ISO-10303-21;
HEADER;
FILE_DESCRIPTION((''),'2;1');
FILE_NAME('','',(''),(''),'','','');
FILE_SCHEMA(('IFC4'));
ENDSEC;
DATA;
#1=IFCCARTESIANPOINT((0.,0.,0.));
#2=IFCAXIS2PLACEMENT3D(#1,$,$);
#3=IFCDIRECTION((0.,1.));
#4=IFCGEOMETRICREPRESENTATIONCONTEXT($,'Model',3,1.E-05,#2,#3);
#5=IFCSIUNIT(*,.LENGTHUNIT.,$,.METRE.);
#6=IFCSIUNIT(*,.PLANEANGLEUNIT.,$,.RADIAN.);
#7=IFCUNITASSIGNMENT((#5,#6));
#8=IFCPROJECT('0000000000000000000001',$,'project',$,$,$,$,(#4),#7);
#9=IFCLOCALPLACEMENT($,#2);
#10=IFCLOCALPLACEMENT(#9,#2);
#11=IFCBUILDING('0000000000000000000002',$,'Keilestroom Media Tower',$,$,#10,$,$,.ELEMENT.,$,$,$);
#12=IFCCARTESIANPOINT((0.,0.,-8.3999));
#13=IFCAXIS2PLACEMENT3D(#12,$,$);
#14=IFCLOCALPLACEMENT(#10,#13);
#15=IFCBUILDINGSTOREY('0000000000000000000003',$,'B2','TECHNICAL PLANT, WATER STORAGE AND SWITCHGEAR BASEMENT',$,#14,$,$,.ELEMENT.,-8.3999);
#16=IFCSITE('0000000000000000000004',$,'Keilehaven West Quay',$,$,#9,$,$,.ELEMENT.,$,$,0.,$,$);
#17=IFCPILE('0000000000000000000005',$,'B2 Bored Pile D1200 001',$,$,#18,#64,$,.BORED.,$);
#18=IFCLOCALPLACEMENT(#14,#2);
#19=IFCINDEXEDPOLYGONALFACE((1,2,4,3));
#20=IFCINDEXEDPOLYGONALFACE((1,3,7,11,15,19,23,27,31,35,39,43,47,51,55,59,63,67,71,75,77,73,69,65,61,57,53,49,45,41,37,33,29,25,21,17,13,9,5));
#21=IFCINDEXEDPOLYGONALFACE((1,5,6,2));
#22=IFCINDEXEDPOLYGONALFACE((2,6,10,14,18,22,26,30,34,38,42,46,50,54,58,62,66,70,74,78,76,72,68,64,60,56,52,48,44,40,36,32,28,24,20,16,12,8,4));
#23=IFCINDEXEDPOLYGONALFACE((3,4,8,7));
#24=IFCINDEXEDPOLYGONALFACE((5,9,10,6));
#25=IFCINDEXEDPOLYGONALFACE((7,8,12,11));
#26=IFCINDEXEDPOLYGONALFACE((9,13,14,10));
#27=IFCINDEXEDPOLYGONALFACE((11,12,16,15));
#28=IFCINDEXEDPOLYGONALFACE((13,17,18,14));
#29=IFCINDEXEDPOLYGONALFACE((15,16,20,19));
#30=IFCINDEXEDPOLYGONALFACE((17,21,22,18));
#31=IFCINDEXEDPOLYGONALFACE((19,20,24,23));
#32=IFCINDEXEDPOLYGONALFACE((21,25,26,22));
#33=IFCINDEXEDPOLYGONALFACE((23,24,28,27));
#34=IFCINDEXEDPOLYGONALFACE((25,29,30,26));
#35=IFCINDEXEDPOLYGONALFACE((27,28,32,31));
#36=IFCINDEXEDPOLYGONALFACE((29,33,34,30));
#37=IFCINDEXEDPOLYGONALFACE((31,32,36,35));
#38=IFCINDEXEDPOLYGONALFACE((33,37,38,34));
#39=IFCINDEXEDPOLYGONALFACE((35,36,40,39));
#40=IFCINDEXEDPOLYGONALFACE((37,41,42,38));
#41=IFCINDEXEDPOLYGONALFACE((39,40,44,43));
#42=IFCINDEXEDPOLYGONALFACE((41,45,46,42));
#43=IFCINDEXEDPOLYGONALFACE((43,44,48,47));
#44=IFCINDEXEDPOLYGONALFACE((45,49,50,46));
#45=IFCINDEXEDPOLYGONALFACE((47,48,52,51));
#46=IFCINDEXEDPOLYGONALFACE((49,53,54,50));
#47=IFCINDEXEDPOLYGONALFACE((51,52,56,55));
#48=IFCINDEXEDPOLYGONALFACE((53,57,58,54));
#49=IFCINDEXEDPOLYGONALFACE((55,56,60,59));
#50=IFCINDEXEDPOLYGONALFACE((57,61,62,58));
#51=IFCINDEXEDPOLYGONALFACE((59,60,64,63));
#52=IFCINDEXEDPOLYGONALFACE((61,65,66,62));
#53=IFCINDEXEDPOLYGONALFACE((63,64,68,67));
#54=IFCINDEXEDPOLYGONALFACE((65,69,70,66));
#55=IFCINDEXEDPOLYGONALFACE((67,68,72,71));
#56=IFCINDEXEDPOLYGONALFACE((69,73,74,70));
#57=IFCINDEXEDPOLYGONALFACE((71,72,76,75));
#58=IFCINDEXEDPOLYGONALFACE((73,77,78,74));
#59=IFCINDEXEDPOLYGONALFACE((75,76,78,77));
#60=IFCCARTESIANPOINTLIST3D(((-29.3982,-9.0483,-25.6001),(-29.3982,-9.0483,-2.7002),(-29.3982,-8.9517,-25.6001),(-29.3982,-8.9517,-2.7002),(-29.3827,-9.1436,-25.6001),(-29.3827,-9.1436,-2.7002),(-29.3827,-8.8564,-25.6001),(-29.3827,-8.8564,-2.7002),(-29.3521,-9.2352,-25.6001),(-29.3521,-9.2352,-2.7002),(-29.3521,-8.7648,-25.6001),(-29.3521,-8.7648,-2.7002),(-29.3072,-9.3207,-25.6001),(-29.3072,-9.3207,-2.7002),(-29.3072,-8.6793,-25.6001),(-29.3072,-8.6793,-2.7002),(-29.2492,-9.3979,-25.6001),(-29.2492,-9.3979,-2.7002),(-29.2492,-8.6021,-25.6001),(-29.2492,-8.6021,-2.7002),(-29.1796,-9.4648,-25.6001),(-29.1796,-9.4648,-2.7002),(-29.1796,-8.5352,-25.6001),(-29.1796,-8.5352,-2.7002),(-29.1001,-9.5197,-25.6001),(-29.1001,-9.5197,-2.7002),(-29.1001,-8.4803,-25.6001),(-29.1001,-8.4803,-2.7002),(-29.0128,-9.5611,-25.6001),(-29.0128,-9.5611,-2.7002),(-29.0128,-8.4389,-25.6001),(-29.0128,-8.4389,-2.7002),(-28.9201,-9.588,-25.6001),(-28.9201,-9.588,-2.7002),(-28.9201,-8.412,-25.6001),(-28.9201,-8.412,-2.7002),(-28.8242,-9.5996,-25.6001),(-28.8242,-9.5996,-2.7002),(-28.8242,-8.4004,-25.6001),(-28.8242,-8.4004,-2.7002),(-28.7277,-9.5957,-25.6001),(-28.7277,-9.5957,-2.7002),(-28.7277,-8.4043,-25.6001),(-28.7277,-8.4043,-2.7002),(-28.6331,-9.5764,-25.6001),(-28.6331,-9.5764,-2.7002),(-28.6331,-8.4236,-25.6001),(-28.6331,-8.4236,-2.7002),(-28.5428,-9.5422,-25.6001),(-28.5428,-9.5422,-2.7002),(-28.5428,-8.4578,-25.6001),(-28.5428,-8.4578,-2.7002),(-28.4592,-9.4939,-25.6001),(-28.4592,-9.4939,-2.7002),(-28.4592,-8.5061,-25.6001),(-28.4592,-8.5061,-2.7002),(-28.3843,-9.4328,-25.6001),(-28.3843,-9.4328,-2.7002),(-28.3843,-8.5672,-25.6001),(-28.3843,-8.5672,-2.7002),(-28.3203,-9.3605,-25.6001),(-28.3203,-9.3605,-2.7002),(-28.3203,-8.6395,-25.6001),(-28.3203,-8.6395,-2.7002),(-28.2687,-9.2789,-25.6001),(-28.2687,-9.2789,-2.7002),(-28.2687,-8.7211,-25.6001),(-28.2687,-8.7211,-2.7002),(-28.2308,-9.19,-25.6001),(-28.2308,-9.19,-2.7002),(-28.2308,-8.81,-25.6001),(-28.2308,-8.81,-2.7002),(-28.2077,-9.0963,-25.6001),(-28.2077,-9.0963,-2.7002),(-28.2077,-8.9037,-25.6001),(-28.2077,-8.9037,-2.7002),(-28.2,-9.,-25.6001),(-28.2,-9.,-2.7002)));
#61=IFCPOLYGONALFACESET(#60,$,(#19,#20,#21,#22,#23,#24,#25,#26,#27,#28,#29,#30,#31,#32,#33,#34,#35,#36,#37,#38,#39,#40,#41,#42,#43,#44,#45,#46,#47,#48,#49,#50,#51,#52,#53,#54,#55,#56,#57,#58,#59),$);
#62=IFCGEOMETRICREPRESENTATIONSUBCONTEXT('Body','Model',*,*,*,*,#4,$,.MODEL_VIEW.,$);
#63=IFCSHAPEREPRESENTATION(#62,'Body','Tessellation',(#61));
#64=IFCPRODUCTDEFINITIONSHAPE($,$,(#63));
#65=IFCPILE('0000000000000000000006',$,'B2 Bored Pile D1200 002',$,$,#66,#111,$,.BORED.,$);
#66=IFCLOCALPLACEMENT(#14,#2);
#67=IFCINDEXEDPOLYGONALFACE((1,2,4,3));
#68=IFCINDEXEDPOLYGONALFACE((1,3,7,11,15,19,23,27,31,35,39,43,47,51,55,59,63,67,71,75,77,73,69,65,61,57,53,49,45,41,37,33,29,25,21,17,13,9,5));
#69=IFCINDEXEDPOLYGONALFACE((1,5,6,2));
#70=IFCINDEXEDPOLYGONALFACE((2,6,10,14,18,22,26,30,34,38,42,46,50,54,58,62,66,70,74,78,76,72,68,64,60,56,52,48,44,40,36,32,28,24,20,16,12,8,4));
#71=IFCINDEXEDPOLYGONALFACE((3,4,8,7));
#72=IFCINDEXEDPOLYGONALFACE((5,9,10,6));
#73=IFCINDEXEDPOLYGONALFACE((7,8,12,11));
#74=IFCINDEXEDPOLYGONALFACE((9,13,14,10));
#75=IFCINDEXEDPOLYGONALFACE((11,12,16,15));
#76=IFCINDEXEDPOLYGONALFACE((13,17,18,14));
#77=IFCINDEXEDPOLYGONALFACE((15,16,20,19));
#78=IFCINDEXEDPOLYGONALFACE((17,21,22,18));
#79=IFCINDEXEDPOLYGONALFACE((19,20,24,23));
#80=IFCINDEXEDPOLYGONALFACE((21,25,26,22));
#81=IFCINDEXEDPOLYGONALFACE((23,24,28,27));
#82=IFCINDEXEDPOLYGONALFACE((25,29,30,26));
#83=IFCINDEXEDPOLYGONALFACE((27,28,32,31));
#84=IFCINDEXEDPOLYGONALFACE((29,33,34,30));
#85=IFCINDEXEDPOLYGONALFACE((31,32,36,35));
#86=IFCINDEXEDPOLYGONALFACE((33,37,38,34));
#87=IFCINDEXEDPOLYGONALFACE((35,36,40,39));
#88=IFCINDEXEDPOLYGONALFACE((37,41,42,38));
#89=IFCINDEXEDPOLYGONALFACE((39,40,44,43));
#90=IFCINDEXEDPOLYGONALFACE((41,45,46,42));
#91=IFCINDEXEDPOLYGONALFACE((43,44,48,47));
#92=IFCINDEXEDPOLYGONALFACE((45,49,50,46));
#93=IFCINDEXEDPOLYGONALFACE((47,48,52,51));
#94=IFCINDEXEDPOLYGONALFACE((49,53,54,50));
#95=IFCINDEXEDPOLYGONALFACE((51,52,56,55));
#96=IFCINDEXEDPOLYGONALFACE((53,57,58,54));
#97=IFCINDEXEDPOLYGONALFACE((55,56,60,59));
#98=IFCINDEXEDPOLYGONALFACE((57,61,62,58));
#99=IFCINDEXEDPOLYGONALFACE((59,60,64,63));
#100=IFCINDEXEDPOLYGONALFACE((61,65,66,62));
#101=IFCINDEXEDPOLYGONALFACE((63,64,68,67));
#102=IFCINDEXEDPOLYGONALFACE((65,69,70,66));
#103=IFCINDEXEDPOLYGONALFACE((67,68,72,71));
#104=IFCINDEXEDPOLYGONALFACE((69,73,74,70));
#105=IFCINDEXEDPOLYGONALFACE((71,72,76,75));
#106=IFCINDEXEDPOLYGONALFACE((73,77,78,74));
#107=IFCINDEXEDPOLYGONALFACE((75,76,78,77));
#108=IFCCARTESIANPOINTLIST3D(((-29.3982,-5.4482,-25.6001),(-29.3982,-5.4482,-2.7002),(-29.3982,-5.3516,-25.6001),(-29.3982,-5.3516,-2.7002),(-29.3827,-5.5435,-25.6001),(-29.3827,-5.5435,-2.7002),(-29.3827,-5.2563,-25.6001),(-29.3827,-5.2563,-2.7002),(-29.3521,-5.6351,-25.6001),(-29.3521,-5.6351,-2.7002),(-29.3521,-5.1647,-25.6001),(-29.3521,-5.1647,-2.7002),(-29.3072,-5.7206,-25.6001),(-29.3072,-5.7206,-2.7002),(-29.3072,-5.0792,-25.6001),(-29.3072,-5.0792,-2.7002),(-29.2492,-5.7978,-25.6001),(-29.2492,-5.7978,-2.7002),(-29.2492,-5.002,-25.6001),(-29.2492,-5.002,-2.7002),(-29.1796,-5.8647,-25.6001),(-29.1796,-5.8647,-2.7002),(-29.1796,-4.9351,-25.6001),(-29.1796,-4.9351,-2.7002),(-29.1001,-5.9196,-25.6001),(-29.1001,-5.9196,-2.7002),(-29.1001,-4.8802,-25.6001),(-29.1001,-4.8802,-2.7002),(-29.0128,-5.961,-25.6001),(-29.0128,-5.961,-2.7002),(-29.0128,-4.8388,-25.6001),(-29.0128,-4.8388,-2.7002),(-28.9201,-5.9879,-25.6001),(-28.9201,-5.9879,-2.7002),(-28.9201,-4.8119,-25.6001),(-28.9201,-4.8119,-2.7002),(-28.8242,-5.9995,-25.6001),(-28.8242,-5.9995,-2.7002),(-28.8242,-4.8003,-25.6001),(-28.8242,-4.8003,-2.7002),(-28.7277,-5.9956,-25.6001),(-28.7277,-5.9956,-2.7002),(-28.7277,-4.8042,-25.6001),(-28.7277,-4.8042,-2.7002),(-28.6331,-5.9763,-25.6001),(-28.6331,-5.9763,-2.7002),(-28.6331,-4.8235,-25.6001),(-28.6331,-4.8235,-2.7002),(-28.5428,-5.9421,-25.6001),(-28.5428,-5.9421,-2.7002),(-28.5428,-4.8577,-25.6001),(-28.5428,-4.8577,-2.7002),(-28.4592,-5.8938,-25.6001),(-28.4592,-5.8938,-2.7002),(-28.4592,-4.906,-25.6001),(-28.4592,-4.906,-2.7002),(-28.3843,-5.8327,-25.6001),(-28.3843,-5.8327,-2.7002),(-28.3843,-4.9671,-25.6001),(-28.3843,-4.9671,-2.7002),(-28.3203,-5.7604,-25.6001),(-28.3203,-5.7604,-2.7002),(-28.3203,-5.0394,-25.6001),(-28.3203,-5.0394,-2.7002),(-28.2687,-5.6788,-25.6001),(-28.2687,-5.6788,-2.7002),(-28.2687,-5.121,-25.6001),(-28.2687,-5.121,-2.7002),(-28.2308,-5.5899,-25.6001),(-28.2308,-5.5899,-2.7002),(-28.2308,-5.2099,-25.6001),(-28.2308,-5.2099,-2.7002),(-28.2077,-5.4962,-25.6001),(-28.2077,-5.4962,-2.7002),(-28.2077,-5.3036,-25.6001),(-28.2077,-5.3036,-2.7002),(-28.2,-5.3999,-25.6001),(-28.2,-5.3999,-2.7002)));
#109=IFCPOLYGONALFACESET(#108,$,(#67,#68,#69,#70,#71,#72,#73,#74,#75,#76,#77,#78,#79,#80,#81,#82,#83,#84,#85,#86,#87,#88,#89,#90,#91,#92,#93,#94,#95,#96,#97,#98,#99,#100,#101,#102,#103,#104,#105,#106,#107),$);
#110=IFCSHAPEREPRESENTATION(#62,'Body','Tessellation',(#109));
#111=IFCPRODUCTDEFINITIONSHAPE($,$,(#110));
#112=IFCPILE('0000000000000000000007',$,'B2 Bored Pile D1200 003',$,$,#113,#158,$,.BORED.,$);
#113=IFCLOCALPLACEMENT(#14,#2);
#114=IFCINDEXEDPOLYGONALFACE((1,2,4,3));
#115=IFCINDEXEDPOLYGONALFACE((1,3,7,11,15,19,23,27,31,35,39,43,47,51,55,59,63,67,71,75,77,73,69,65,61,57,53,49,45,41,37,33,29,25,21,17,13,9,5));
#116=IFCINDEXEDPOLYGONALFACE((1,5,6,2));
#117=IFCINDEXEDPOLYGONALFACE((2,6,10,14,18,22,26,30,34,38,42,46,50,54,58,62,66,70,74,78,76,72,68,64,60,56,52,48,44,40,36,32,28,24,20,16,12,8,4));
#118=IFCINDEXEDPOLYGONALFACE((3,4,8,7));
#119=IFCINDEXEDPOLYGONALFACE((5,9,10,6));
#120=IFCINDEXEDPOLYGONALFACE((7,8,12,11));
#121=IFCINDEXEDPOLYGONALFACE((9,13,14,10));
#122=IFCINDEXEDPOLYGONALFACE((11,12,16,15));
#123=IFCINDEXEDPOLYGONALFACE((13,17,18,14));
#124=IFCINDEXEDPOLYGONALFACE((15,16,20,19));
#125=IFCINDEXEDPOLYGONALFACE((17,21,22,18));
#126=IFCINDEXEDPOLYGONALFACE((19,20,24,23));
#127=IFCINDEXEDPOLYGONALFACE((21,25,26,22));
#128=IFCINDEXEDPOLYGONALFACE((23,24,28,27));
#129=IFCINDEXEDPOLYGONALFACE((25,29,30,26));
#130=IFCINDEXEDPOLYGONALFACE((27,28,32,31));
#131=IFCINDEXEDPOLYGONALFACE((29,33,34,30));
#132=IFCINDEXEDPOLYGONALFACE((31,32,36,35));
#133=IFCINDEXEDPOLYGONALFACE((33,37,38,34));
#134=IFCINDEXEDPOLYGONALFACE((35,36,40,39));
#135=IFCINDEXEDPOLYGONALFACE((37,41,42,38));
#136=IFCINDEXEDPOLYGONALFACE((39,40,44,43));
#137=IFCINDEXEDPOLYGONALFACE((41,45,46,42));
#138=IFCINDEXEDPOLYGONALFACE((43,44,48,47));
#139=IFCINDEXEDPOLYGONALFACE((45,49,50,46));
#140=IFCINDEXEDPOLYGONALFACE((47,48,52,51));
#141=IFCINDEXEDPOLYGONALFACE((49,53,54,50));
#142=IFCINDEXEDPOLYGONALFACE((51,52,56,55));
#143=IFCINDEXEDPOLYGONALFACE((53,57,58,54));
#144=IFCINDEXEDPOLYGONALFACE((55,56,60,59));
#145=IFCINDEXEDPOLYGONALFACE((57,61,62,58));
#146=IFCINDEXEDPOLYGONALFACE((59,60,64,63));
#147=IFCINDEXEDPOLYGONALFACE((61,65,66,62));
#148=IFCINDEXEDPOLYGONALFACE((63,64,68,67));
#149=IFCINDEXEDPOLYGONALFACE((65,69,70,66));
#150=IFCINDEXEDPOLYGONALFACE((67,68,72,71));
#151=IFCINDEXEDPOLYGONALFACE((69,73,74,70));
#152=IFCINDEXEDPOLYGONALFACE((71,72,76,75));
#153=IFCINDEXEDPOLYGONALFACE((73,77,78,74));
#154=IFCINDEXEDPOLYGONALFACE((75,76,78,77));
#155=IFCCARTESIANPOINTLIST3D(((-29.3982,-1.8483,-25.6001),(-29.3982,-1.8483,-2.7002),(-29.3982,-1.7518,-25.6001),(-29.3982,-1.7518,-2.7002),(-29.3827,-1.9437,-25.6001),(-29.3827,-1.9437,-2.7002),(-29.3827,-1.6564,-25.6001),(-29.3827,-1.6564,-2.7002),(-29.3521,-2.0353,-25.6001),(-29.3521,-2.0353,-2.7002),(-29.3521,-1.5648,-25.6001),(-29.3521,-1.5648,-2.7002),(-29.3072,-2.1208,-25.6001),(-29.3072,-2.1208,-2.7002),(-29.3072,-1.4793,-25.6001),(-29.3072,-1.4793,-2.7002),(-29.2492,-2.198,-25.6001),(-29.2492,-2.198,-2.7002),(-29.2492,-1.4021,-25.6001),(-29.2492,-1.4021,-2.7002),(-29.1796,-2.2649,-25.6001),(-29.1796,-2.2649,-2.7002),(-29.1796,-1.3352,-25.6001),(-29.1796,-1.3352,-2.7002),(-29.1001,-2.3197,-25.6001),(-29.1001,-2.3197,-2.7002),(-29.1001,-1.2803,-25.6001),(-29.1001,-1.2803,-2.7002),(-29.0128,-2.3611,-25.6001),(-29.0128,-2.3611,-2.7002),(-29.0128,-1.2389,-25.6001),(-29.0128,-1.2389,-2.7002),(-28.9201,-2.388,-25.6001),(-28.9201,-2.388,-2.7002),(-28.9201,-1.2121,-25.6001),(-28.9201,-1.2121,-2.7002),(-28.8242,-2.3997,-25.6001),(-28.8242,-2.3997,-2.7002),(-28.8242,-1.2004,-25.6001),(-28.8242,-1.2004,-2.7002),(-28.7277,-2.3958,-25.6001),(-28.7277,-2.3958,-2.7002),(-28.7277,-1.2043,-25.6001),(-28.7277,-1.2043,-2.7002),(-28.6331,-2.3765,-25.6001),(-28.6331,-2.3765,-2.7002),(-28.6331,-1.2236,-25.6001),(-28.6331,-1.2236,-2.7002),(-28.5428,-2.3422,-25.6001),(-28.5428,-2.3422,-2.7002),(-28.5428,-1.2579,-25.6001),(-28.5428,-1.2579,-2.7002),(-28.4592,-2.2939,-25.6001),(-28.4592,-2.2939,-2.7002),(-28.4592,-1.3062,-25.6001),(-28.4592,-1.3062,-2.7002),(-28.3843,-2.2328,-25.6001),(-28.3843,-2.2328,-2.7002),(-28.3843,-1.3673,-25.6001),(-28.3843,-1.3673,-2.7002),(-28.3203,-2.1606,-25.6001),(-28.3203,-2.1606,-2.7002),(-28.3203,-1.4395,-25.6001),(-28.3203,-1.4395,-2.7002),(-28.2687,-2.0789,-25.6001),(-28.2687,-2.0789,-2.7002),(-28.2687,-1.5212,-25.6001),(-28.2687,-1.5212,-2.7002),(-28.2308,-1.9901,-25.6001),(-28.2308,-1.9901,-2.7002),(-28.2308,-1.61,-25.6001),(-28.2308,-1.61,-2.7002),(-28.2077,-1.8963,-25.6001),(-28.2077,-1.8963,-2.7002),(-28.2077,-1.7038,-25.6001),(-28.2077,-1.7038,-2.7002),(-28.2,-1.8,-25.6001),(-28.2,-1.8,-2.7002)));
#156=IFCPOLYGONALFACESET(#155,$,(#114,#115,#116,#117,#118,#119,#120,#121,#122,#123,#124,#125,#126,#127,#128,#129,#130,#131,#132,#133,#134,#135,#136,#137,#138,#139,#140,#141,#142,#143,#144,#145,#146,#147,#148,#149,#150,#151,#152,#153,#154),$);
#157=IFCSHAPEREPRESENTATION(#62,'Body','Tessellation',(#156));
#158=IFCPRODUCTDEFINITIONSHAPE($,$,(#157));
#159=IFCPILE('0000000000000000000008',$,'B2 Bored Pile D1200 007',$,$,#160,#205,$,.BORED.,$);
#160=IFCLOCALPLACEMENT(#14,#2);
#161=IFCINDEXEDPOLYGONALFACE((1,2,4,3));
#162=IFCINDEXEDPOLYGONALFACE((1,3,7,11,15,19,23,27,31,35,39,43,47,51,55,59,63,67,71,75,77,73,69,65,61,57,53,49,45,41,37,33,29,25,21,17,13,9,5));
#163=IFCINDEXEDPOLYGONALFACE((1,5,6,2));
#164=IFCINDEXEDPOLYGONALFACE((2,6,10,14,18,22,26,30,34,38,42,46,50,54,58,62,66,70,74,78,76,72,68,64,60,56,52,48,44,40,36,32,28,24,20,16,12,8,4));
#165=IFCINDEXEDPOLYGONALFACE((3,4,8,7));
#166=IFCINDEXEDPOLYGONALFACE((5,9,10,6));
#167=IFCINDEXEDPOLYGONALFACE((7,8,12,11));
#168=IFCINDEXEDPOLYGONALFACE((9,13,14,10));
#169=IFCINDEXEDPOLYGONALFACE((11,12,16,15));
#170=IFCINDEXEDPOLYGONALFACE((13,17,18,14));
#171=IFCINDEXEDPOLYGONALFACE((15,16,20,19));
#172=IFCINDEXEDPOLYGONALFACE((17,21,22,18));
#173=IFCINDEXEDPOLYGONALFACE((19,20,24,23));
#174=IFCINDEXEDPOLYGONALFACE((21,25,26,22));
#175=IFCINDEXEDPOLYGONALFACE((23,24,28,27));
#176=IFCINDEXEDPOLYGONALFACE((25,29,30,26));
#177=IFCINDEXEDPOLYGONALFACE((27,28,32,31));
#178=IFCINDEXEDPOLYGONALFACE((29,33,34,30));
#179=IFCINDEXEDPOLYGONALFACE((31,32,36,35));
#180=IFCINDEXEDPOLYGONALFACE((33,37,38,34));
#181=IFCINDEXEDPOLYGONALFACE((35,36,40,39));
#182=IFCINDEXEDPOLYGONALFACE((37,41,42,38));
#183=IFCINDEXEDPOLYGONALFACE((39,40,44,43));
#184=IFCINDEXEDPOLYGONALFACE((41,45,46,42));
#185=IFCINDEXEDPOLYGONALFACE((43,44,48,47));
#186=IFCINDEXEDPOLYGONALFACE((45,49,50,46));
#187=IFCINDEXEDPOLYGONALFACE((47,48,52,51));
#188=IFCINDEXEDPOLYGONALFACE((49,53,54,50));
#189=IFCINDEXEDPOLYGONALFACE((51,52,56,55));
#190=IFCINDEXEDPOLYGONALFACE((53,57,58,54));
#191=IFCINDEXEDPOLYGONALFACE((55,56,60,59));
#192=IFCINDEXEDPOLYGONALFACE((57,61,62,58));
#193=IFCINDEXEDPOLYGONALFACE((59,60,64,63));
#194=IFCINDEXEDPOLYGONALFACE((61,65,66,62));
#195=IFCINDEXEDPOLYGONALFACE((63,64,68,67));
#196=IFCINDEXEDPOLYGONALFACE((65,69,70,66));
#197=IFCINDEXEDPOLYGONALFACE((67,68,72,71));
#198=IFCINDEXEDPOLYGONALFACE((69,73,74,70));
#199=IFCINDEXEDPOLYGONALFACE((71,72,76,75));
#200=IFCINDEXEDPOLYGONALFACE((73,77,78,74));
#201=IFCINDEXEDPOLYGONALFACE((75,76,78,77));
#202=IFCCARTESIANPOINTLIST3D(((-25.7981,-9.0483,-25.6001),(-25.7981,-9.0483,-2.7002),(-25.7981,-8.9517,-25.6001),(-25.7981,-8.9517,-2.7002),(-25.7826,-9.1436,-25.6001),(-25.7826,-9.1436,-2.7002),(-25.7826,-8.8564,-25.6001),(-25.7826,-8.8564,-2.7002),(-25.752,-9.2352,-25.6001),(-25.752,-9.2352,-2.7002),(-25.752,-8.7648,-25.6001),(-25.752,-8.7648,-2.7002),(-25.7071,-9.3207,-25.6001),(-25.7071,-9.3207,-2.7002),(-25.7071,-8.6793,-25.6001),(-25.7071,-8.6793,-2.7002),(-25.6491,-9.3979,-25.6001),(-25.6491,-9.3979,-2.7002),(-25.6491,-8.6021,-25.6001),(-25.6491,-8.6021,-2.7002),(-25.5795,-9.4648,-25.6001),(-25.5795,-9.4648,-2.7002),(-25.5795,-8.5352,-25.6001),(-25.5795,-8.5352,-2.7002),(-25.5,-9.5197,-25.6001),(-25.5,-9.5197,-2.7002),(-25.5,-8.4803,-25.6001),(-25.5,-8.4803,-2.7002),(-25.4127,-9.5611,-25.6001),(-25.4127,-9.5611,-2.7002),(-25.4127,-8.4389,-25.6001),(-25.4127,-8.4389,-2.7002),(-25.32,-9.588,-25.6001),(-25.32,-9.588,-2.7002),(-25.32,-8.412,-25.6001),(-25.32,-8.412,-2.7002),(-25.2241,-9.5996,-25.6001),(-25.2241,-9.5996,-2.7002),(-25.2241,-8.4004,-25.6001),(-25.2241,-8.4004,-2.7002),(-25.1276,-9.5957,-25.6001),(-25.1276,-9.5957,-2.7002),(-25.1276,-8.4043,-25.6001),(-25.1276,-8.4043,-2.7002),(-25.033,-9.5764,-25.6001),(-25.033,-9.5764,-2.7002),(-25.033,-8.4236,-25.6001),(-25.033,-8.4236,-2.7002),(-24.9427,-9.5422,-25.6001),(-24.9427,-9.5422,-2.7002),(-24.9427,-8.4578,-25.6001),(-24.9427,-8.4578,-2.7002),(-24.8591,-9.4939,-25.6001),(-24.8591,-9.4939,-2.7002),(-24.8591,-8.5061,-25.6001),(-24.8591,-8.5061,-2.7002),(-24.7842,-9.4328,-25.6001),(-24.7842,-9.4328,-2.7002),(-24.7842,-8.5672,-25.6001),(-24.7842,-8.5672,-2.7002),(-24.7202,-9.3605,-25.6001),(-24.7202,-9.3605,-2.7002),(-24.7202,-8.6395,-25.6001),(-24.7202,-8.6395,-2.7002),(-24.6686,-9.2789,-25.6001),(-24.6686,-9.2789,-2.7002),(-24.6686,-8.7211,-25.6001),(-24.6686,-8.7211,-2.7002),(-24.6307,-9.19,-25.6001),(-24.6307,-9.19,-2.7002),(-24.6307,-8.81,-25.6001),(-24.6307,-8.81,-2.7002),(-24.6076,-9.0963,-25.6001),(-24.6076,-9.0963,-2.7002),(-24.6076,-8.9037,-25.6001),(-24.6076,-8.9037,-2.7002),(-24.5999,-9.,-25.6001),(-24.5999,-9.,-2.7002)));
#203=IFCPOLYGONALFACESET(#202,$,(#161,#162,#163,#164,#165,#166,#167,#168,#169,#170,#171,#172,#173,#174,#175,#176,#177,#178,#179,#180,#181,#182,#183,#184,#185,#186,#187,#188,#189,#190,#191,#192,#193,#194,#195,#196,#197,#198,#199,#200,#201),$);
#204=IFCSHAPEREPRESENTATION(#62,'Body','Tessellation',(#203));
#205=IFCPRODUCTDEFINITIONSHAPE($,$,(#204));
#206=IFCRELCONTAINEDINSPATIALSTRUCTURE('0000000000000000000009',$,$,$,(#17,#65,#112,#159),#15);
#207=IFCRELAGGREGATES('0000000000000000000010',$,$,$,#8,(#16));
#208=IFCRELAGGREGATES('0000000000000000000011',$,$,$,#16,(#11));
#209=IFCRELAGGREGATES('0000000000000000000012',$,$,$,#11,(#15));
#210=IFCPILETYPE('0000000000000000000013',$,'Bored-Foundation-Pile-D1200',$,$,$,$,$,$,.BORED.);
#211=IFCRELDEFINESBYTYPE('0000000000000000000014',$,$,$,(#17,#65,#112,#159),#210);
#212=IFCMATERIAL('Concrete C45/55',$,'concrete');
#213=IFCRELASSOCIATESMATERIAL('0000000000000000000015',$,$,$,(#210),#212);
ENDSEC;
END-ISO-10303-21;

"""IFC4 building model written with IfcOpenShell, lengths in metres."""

from ifc_helpers import new_model, si_unit, direction, frame, origin, origin_2d, place, context, subcontext, project, spatial, circle, extrude, source, transform, mapped, material, material_profile, profile_set, type_object, element, save


model = new_model("IFC4")

# Units and contexts
model_context = context("Model", 3, precision=1e-05, world=origin(), true_north=direction((0.0, 1.0)))
body_context = subcontext(model_context, "Body", "Model", "MODEL_VIEW")
ifc_project = project(units=[si_unit("LENGTHUNIT", "METRE"), si_unit("PLANEANGLEUNIT", "RADIAN")], contexts=[model_context])

# Site, building, storey
site_placement = place(None, origin())
site = spatial("IfcSite", under=ifc_project, at=site_placement, Name="Keilehaven West Quay", CompositionType="ELEMENT", RefElevation=0.0)
building_placement = place(site_placement, origin())
building = spatial("IfcBuilding", under=site, at=building_placement, Name="Keilestroom Media Tower", CompositionType="ELEMENT")
storey_placement = place(building_placement, frame((0.0, 0.0, -8.3999)))
storey = spatial("IfcBuildingStorey", under=building, at=storey_placement, Name="B2", Description="TECHNICAL PLANT, WATER STORAGE AND SWITCHGEAR BASEMENT", CompositionType="ELEMENT", Elevation=-8.3999)

# Piles
ifc_material_1 = material(Name="Concrete C45/55", Category="concrete")
ifc_material_profile_1 = material_profile(ifc_material_1, circle(Radius=0.6001, at=origin_2d()), Name="BORED PILE D1200")
ifc_profile_set_1 = profile_set([ifc_material_profile_1], Name="Concrete C45/55")
pile_type_1 = type_object("IfcPileType", Name="Bored-Foundation-Pile-D1200", PredefinedType="BORED", material=ifc_profile_set_1)
shared_shape_1 = source(origin(), body_context, "Body", "SweptSolid", [
    extrude(circle(Radius=0.6001, at=origin_2d()), origin(), (0.0, 0.0, 1.0), 22.8999),
])
for number, where, z_axis, x_axis, name in (
    (1, (-28.8, -9.0, -2.7002), (0.0, 0.0, -1.0), (1.0, 0.0, 0.0), "B2 Bored Pile D1200 001"),
    (2, (-28.8, -5.3999, -2.7002), (0.0, 0.0, -1.0), (1.0, 0.0, 0.0), "B2 Bored Pile D1200 002"),
    (3, (-28.8, -1.8, -2.7002), (0.0, 0.0, -1.0), (1.0, 0.0, 0.0), "B2 Bored Pile D1200 003"),
    (4, (-25.2, -9.0, -2.7002), (0.0, 0.0, -1.0), (1.0, 0.0, 0.0), "B2 Bored Pile D1200 007"),
):
    element("IfcPile", number, at=place(storey_placement, frame(where, z_axis=z_axis, x_axis=x_axis)), inside=storey, type_object=pile_type_1, Name=name, PredefinedType="BORED", context=body_context, shape_type="MappedRepresentation", body=[
        mapped(shared_shape_1, transform((0.0, 0.0, 0.0), x_axis=(1.0, 0.0, 0.0), y_axis=(0.0, 1.0, 0.0), z_axis=(0.0, 0.0, 1.0), scale=1.0)),
    ])

save(model, "model.ifc")
